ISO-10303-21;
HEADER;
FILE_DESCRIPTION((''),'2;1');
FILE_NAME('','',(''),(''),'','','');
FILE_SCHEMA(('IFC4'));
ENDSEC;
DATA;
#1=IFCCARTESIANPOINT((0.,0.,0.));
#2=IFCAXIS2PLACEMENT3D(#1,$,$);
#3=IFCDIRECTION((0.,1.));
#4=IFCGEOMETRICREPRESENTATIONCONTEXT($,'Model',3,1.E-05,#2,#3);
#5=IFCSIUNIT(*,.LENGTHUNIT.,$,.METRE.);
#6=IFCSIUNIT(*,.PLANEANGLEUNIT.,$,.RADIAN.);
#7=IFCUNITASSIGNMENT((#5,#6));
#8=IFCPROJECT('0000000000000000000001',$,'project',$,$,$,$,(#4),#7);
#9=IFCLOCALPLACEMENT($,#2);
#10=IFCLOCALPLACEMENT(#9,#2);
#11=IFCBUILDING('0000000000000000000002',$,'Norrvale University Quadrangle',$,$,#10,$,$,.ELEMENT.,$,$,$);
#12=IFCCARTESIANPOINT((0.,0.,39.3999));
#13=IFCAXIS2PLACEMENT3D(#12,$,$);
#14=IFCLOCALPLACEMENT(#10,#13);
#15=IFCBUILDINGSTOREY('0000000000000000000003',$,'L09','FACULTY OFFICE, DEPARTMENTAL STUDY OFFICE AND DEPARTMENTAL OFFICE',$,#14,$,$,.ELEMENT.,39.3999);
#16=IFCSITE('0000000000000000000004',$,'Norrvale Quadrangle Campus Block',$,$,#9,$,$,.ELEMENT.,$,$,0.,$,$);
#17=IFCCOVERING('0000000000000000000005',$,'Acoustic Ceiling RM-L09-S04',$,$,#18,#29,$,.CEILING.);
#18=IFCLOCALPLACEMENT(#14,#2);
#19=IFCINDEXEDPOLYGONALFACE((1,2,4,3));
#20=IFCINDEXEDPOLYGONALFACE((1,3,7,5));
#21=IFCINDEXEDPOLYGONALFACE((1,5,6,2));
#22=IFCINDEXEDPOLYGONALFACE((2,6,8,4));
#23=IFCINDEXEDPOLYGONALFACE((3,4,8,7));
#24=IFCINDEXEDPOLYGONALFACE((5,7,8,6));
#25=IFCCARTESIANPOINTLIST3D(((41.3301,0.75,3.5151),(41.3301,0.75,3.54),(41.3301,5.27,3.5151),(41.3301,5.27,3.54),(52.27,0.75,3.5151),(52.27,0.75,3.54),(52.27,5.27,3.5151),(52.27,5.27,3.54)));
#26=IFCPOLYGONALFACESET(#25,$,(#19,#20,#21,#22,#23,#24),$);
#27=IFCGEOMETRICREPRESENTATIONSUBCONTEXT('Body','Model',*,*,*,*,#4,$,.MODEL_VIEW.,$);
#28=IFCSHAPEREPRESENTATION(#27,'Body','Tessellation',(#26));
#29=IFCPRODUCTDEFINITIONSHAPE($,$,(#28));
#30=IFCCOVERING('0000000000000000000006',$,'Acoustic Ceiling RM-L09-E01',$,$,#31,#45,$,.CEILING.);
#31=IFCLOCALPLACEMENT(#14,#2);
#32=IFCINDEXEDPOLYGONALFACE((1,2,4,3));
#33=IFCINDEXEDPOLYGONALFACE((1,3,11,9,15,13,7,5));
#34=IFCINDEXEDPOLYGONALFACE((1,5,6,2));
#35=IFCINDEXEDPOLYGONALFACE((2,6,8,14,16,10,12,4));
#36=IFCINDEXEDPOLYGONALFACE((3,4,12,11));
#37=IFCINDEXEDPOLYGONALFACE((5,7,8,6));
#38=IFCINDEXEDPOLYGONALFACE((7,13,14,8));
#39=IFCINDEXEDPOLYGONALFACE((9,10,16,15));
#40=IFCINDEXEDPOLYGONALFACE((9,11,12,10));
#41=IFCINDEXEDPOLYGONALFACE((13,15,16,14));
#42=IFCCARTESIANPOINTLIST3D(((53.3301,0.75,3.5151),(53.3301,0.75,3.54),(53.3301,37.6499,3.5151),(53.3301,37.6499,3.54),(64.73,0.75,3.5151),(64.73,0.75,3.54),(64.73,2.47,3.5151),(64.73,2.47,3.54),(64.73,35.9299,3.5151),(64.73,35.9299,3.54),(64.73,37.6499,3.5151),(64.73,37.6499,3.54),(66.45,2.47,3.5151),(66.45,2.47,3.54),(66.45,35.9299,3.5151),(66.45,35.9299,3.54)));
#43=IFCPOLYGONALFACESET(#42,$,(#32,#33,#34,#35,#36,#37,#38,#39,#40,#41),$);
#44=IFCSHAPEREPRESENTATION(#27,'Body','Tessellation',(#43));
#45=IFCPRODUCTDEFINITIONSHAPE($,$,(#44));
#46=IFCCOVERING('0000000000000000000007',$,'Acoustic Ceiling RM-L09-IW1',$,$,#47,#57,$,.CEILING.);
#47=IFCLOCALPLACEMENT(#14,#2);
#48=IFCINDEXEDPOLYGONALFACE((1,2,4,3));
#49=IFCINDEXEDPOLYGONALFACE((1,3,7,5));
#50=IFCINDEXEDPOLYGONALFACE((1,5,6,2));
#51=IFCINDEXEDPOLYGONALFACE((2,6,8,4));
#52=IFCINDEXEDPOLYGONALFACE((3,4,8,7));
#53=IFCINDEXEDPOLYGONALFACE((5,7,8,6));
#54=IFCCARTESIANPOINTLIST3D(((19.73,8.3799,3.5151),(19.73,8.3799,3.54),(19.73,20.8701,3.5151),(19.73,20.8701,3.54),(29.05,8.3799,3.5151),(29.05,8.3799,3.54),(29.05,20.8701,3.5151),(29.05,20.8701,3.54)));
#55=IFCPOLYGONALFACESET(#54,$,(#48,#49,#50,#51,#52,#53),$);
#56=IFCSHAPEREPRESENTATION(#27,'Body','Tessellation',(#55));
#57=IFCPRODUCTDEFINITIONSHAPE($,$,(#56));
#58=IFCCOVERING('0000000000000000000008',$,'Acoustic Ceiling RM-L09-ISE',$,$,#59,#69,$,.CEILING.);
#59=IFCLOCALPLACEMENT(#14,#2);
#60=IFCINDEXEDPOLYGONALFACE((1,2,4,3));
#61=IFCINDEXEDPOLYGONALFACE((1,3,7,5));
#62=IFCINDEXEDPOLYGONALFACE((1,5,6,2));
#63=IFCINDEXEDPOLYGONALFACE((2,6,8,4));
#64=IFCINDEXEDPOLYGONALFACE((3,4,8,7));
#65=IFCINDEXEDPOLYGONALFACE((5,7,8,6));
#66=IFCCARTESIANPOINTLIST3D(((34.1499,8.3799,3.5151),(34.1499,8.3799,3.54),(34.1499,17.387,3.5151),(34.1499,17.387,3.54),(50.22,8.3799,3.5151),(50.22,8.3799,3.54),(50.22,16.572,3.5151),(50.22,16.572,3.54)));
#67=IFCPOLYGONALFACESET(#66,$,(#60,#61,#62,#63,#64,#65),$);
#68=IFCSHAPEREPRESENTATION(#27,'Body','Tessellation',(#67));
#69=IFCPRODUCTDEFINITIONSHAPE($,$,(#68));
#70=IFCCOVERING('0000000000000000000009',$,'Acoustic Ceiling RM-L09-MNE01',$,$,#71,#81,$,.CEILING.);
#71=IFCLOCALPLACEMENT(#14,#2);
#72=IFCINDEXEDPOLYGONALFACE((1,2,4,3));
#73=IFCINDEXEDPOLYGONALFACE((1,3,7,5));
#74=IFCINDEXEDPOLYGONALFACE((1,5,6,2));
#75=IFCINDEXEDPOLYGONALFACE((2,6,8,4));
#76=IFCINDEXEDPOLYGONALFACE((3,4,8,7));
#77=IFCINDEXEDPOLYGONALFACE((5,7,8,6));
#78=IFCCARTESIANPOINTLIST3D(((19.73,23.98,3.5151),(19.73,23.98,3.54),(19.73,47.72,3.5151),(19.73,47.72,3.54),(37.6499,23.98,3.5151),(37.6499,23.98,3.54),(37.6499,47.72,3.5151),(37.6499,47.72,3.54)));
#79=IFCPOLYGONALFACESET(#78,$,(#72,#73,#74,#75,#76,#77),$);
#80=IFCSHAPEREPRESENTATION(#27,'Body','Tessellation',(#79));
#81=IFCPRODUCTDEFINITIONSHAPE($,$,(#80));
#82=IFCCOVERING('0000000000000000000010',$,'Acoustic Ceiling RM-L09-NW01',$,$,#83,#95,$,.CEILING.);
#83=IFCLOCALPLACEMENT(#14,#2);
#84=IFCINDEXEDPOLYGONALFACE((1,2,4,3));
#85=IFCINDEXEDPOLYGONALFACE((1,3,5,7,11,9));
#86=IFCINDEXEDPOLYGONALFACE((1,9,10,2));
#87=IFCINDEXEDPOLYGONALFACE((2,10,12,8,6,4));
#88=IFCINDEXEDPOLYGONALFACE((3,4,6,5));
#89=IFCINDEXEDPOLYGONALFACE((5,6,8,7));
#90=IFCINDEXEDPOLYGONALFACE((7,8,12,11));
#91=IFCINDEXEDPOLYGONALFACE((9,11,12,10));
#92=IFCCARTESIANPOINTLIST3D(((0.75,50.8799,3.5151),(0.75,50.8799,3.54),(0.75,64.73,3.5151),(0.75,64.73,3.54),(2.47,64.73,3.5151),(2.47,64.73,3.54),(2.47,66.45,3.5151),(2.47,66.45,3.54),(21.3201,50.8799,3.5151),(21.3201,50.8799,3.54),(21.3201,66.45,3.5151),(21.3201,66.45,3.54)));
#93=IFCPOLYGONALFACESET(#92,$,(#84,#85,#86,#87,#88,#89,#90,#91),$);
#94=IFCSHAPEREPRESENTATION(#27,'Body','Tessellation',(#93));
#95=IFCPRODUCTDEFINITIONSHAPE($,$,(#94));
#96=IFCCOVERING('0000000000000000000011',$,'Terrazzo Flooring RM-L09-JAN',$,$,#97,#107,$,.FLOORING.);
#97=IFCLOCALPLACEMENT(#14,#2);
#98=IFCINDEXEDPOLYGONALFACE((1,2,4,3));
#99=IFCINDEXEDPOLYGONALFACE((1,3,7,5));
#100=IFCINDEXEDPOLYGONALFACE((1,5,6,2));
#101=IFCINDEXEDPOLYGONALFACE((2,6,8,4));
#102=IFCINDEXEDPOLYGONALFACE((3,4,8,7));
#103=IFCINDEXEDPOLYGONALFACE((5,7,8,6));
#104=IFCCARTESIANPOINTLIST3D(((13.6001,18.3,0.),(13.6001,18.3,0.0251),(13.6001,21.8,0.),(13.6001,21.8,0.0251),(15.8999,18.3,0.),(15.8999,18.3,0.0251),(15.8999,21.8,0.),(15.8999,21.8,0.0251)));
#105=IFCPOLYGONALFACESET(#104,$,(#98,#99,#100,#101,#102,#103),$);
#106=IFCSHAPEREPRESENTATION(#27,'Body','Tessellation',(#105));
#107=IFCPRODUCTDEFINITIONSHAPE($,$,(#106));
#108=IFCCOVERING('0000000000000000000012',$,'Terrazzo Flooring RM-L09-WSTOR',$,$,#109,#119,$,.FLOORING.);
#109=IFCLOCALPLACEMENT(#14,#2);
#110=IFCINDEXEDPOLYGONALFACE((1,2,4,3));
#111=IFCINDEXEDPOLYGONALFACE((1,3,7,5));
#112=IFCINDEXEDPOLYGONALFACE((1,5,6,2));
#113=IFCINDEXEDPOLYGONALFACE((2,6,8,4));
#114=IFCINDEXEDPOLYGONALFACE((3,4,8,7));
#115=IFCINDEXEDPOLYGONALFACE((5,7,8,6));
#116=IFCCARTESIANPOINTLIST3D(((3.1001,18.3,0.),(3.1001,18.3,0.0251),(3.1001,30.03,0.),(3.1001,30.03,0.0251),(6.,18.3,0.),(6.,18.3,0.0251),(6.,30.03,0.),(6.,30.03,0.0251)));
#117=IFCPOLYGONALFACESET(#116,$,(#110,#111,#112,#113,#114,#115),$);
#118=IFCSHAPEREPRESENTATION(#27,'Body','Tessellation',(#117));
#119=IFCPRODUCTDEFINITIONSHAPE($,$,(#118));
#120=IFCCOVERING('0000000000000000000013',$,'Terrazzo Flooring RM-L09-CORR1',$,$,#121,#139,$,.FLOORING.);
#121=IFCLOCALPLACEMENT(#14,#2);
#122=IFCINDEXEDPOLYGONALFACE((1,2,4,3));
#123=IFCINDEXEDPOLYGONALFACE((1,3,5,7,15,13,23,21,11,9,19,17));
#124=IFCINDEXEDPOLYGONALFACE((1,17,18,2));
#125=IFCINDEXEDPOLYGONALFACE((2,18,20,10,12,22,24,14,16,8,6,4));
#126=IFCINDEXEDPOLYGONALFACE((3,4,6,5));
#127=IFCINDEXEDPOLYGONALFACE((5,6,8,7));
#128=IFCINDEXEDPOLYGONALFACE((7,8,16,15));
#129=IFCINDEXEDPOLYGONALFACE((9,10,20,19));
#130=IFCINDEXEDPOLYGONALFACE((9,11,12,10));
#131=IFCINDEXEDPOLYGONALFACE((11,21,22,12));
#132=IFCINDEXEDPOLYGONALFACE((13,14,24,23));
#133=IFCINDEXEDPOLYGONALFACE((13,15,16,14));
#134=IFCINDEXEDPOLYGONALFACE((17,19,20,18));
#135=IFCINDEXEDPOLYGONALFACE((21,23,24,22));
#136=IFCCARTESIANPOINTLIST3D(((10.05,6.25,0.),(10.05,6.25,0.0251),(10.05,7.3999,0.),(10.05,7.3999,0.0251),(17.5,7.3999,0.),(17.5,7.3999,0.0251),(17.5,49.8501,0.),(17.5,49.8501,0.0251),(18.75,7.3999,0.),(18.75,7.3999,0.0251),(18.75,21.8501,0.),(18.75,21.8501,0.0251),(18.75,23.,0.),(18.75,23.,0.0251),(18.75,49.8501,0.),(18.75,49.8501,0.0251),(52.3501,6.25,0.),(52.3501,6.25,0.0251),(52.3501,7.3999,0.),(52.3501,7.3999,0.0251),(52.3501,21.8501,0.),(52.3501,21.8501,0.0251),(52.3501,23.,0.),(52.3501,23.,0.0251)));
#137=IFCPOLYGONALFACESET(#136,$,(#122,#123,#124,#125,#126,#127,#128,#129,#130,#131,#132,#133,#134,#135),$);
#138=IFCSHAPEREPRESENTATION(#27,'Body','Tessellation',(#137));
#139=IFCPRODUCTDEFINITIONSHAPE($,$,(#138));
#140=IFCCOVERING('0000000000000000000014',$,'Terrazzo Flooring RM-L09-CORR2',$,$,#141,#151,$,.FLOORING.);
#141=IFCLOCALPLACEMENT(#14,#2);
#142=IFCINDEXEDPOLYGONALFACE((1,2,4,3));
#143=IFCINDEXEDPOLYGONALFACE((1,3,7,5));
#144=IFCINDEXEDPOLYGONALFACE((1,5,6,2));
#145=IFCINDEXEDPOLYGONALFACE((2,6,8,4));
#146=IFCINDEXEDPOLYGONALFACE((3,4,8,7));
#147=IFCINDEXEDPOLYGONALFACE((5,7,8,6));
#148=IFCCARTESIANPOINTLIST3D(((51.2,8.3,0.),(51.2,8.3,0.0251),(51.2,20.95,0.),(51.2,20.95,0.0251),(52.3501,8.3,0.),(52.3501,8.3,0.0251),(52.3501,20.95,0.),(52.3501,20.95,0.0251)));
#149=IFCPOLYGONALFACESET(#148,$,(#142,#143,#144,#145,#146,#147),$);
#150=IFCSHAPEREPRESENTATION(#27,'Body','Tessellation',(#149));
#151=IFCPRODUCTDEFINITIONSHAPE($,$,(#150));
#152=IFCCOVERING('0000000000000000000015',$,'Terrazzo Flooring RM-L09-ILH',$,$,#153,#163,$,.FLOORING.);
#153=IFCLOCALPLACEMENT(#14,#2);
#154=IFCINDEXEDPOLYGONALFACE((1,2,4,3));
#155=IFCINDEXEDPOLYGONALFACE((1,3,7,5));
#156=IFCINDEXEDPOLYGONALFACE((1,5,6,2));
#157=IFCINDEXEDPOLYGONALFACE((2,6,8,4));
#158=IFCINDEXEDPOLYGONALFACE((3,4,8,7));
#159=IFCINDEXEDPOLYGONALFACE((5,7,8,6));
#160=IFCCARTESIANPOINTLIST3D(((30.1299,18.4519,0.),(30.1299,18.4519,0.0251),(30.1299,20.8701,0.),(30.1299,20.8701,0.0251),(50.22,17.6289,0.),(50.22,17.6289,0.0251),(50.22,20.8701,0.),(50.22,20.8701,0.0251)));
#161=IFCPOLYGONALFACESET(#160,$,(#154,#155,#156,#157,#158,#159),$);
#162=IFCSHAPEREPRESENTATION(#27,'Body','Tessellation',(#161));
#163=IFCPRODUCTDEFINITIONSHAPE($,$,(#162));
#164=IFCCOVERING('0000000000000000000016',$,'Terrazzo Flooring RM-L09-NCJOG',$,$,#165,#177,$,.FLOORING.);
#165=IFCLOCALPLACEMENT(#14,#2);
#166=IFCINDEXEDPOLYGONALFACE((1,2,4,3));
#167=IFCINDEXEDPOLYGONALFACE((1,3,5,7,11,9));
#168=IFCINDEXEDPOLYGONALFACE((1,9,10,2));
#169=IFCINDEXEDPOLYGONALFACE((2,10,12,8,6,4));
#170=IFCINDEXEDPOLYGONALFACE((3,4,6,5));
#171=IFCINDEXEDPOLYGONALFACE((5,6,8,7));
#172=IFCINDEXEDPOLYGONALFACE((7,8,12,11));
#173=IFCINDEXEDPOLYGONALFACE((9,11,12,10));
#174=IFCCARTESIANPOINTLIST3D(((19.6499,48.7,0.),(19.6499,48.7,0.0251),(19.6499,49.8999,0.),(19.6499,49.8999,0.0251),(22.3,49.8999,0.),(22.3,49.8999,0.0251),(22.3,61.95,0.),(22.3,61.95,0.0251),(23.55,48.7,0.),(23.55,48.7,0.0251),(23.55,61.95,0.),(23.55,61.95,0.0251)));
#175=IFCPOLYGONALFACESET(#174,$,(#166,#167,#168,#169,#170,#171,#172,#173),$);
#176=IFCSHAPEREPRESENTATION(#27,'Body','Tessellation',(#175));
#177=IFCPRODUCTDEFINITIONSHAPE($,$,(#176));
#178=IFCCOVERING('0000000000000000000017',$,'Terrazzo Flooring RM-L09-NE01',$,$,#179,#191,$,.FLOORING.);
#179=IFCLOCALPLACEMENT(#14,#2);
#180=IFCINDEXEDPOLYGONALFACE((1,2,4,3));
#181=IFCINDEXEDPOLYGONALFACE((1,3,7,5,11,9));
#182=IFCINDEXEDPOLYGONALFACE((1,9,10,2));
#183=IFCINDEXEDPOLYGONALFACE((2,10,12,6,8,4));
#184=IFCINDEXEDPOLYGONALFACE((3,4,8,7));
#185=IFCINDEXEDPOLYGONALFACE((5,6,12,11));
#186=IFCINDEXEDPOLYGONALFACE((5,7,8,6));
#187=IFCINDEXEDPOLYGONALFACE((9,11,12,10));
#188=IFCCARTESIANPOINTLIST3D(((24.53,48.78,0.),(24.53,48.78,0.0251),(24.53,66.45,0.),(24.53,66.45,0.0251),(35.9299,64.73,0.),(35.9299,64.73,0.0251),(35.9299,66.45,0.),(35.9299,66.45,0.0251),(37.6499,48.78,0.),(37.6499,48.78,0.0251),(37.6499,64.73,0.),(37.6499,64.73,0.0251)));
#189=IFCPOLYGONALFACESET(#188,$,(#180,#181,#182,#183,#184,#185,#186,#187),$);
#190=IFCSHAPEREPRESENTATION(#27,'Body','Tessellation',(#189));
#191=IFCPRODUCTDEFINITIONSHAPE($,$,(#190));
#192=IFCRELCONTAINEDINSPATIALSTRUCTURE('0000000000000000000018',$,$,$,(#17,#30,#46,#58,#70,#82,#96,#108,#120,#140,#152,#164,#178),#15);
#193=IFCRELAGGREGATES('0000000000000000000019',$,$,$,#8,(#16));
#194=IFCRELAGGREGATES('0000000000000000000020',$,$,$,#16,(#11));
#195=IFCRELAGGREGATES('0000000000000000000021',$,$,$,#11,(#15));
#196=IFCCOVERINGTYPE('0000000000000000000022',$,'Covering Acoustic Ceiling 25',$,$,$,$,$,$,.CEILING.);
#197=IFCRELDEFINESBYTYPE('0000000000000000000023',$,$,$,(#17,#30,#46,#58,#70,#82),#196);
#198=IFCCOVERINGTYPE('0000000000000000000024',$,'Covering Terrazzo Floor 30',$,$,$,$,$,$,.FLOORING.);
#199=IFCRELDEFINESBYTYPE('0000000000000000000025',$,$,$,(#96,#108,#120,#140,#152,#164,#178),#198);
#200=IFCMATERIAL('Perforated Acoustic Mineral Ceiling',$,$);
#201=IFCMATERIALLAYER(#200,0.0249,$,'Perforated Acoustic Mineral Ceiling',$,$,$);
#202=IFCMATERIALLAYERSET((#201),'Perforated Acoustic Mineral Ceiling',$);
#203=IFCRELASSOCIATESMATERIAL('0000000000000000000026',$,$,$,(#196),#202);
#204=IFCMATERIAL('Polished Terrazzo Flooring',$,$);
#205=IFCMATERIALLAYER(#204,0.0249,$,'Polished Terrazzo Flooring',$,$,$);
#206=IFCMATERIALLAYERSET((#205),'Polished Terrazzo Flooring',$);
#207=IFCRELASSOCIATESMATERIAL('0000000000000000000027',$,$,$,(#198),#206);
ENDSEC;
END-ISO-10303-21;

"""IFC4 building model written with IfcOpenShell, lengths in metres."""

from ifc_helpers import new_model, si_unit, direction, frame, origin, place, context, subcontext, project, spatial, polyline, outline, extrude, material, layer, layer_set, type_object, element, save


model = new_model("IFC4")

# Units and contexts
model_context = context("Model", 3, precision=1e-05, world=origin(), true_north=direction((0.0, 1.0)))
body_context = subcontext(model_context, "Body", "Model", "MODEL_VIEW")
ifc_project = project(units=[si_unit("LENGTHUNIT", "METRE"), si_unit("PLANEANGLEUNIT", "RADIAN")], contexts=[model_context])

# Site, building, storey
site_placement = place(None, origin())
site = spatial("IfcSite", under=ifc_project, at=site_placement, Name="Norrvale Quadrangle Campus Block", CompositionType="ELEMENT", RefElevation=0.0)
building_placement = place(site_placement, origin())
building = spatial("IfcBuilding", under=site, at=building_placement, Name="Norrvale University Quadrangle", CompositionType="ELEMENT")
storey_placement = place(building_placement, frame((0.0, 0.0, 39.3999)))
storey = spatial("IfcBuildingStorey", under=building, at=storey_placement, Name="L09", Description="FACULTY OFFICE, DEPARTMENTAL STUDY OFFICE AND DEPARTMENTAL OFFICE", CompositionType="ELEMENT", Elevation=39.3999)

# Coverings
ifc_material_1 = material(Name="Perforated Acoustic Mineral Ceiling")
ifc_layer_1 = layer(ifc_material_1, 0.0249, Name="Perforated Acoustic Mineral Ceiling")
ifc_layer_set_1 = layer_set([ifc_layer_1], Name="Perforated Acoustic Mineral Ceiling")
covering_type_1 = type_object("IfcCoveringType", Name="Covering Acoustic Ceiling 25", PredefinedType="CEILING", material=ifc_layer_set_1)
covering_1_placement = place(storey_placement, frame((0.0, 0.0, 3.5151)))
element("IfcCovering", 1, at=covering_1_placement, inside=storey, type_object=covering_type_1, Name="Acoustic Ceiling RM-L09-S04", PredefinedType="CEILING", context=body_context, shape_type="SweptSolid", body=[
    extrude(outline(polyline([(41.3301, 5.27), (52.27, 5.27), (52.27, 0.75), (41.3301, 0.75), (41.3301, 5.27)])), origin(), (0.0, 0.0, 1.0), 0.0249),
])
covering_2_placement = place(storey_placement, frame((0.0, 0.0, 3.5151)))
element("IfcCovering", 2, at=covering_2_placement, inside=storey, type_object=covering_type_1, Name="Acoustic Ceiling RM-L09-E01", PredefinedType="CEILING", context=body_context, shape_type="SweptSolid", body=[
    extrude(outline(polyline([(53.3301, 0.75), (53.3301, 37.6499), (64.73, 37.6499), (64.73, 35.9299), (66.45, 35.9299), (66.45, 2.47), (64.73, 2.47), (64.73, 0.75), (53.3301, 0.75)])), origin(), (0.0, 0.0, 1.0), 0.0249),
])
covering_3_placement = place(storey_placement, frame((0.0, 0.0, 3.5151)))
element("IfcCovering", 3, at=covering_3_placement, inside=storey, type_object=covering_type_1, Name="Acoustic Ceiling RM-L09-IW1", PredefinedType="CEILING", context=body_context, shape_type="SweptSolid", body=[
    extrude(outline(polyline([(19.73, 8.3799), (19.73, 20.8701), (29.05, 20.8701), (29.05, 8.3799), (19.73, 8.3799)])), origin(), (0.0, 0.0, 1.0), 0.0249),
])
covering_4_placement = place(storey_placement, frame((0.0, 0.0, 3.5151)))
element("IfcCovering", 4, at=covering_4_placement, inside=storey, type_object=covering_type_1, Name="Acoustic Ceiling RM-L09-ISE", PredefinedType="CEILING", context=body_context, shape_type="SweptSolid", body=[
    extrude(outline(polyline([(34.1499, 8.3799), (34.1499, 17.387), (50.22, 16.572), (50.22, 8.3799), (34.1499, 8.3799)])), origin(), (0.0, 0.0, 1.0), 0.0249),
])
covering_5_placement = place(storey_placement, frame((0.0, 0.0, 3.5151)))
element("IfcCovering", 5, at=covering_5_placement, inside=storey, type_object=covering_type_1, Name="Acoustic Ceiling RM-L09-MNE01", PredefinedType="CEILING", context=body_context, shape_type="SweptSolid", body=[
    extrude(outline(polyline([(19.73, 47.72), (37.6499, 47.72), (37.6499, 23.98), (19.73, 23.98), (19.73, 47.72)])), origin(), (0.0, 0.0, 1.0), 0.0249),
])
covering_6_placement = place(storey_placement, frame((0.0, 0.0, 3.5151)))
element("IfcCovering", 6, at=covering_6_placement, inside=storey, type_object=covering_type_1, Name="Acoustic Ceiling RM-L09-NW01", PredefinedType="CEILING", context=body_context, shape_type="SweptSolid", body=[
    extrude(outline(polyline([(21.3201, 66.45), (21.3201, 50.8799), (0.75, 50.8799), (0.75, 64.73), (2.47, 64.73), (2.47, 66.45), (21.3201, 66.45)])), origin(), (0.0, 0.0, 1.0), 0.0249),
])
ifc_material_2 = material(Name="Polished Terrazzo Flooring")
ifc_layer_2 = layer(ifc_material_2, 0.0249, Name="Polished Terrazzo Flooring")
ifc_layer_set_2 = layer_set([ifc_layer_2], Name="Polished Terrazzo Flooring")
covering_type_2 = type_object("IfcCoveringType", Name="Covering Terrazzo Floor 30", PredefinedType="FLOORING", material=ifc_layer_set_2)
covering_7_placement = place(storey_placement, origin())
element("IfcCovering", 7, at=covering_7_placement, inside=storey, type_object=covering_type_2, Name="Terrazzo Flooring RM-L09-JAN", PredefinedType="FLOORING", context=body_context, shape_type="SweptSolid", body=[
    extrude(outline(polyline([(13.6001, 18.3), (13.6001, 21.8), (15.8999, 21.8), (15.8999, 18.3), (13.6001, 18.3)])), origin(), (0.0, 0.0, 1.0), 0.0251),
])
covering_8_placement = place(storey_placement, origin())
element("IfcCovering", 8, at=covering_8_placement, inside=storey, type_object=covering_type_2, Name="Terrazzo Flooring RM-L09-WSTOR", PredefinedType="FLOORING", context=body_context, shape_type="SweptSolid", body=[
    extrude(outline(polyline([(3.1001, 18.3), (3.1001, 30.03), (6.0, 30.03), (6.0, 18.3), (3.1001, 18.3)])), origin(), (0.0, 0.0, 1.0), 0.0251),
])
covering_9_placement = place(storey_placement, origin())
element("IfcCovering", 9, at=covering_9_placement, inside=storey, type_object=covering_type_2, Name="Terrazzo Flooring RM-L09-CORR1", PredefinedType="FLOORING", context=body_context, shape_type="SweptSolid", body=[
    extrude(outline(polyline([(10.05, 6.25), (10.05, 7.3999), (17.5, 7.3999), (17.5, 49.8501), (18.75, 49.8501), (18.75, 23.0), (52.3501, 23.0), (52.3501, 21.8501), (18.75, 21.8501), (18.75, 7.3999), (52.3501, 7.3999), (52.3501, 6.25), (10.05, 6.25)])), origin(), (0.0, 0.0, 1.0), 0.0251),
])
covering_10_placement = place(storey_placement, origin())
element("IfcCovering", 10, at=covering_10_placement, inside=storey, type_object=covering_type_2, Name="Terrazzo Flooring RM-L09-CORR2", PredefinedType="FLOORING", context=body_context, shape_type="SweptSolid", body=[
    extrude(outline(polyline([(51.2, 8.3), (51.2, 20.95), (52.3501, 20.95), (52.3501, 8.3), (51.2, 8.3)])), origin(), (0.0, 0.0, 1.0), 0.0251),
])
covering_11_placement = place(storey_placement, origin())
element("IfcCovering", 11, at=covering_11_placement, inside=storey, type_object=covering_type_2, Name="Terrazzo Flooring RM-L09-ILH", PredefinedType="FLOORING", context=body_context, shape_type="SweptSolid", body=[
    extrude(outline(polyline([(30.1299, 18.4519), (30.1299, 20.8701), (50.22, 20.8701), (50.22, 17.6289), (30.1299, 18.4519)])), origin(), (0.0, 0.0, 1.0), 0.0251),
])
covering_12_placement = place(storey_placement, origin())
element("IfcCovering", 12, at=covering_12_placement, inside=storey, type_object=covering_type_2, Name="Terrazzo Flooring RM-L09-NCJOG", PredefinedType="FLOORING", context=body_context, shape_type="SweptSolid", body=[
    extrude(outline(polyline([(19.6499, 48.7), (19.6499, 49.8999), (22.3, 49.8999), (22.3, 61.95), (23.55, 61.95), (23.55, 48.7), (19.6499, 48.7)])), origin(), (0.0, 0.0, 1.0), 0.0251),
])
covering_13_placement = place(storey_placement, origin())
element("IfcCovering", 13, at=covering_13_placement, inside=storey, type_object=covering_type_2, Name="Terrazzo Flooring RM-L09-NE01", PredefinedType="FLOORING", context=body_context, shape_type="SweptSolid", body=[
    extrude(outline(polyline([(37.6499, 48.78), (24.53, 48.78), (24.53, 66.45), (35.9299, 66.45), (35.9299, 64.73), (37.6499, 64.73), (37.6499, 48.78)])), origin(), (0.0, 0.0, 1.0), 0.0251),
])

save(model, "model.ifc")
